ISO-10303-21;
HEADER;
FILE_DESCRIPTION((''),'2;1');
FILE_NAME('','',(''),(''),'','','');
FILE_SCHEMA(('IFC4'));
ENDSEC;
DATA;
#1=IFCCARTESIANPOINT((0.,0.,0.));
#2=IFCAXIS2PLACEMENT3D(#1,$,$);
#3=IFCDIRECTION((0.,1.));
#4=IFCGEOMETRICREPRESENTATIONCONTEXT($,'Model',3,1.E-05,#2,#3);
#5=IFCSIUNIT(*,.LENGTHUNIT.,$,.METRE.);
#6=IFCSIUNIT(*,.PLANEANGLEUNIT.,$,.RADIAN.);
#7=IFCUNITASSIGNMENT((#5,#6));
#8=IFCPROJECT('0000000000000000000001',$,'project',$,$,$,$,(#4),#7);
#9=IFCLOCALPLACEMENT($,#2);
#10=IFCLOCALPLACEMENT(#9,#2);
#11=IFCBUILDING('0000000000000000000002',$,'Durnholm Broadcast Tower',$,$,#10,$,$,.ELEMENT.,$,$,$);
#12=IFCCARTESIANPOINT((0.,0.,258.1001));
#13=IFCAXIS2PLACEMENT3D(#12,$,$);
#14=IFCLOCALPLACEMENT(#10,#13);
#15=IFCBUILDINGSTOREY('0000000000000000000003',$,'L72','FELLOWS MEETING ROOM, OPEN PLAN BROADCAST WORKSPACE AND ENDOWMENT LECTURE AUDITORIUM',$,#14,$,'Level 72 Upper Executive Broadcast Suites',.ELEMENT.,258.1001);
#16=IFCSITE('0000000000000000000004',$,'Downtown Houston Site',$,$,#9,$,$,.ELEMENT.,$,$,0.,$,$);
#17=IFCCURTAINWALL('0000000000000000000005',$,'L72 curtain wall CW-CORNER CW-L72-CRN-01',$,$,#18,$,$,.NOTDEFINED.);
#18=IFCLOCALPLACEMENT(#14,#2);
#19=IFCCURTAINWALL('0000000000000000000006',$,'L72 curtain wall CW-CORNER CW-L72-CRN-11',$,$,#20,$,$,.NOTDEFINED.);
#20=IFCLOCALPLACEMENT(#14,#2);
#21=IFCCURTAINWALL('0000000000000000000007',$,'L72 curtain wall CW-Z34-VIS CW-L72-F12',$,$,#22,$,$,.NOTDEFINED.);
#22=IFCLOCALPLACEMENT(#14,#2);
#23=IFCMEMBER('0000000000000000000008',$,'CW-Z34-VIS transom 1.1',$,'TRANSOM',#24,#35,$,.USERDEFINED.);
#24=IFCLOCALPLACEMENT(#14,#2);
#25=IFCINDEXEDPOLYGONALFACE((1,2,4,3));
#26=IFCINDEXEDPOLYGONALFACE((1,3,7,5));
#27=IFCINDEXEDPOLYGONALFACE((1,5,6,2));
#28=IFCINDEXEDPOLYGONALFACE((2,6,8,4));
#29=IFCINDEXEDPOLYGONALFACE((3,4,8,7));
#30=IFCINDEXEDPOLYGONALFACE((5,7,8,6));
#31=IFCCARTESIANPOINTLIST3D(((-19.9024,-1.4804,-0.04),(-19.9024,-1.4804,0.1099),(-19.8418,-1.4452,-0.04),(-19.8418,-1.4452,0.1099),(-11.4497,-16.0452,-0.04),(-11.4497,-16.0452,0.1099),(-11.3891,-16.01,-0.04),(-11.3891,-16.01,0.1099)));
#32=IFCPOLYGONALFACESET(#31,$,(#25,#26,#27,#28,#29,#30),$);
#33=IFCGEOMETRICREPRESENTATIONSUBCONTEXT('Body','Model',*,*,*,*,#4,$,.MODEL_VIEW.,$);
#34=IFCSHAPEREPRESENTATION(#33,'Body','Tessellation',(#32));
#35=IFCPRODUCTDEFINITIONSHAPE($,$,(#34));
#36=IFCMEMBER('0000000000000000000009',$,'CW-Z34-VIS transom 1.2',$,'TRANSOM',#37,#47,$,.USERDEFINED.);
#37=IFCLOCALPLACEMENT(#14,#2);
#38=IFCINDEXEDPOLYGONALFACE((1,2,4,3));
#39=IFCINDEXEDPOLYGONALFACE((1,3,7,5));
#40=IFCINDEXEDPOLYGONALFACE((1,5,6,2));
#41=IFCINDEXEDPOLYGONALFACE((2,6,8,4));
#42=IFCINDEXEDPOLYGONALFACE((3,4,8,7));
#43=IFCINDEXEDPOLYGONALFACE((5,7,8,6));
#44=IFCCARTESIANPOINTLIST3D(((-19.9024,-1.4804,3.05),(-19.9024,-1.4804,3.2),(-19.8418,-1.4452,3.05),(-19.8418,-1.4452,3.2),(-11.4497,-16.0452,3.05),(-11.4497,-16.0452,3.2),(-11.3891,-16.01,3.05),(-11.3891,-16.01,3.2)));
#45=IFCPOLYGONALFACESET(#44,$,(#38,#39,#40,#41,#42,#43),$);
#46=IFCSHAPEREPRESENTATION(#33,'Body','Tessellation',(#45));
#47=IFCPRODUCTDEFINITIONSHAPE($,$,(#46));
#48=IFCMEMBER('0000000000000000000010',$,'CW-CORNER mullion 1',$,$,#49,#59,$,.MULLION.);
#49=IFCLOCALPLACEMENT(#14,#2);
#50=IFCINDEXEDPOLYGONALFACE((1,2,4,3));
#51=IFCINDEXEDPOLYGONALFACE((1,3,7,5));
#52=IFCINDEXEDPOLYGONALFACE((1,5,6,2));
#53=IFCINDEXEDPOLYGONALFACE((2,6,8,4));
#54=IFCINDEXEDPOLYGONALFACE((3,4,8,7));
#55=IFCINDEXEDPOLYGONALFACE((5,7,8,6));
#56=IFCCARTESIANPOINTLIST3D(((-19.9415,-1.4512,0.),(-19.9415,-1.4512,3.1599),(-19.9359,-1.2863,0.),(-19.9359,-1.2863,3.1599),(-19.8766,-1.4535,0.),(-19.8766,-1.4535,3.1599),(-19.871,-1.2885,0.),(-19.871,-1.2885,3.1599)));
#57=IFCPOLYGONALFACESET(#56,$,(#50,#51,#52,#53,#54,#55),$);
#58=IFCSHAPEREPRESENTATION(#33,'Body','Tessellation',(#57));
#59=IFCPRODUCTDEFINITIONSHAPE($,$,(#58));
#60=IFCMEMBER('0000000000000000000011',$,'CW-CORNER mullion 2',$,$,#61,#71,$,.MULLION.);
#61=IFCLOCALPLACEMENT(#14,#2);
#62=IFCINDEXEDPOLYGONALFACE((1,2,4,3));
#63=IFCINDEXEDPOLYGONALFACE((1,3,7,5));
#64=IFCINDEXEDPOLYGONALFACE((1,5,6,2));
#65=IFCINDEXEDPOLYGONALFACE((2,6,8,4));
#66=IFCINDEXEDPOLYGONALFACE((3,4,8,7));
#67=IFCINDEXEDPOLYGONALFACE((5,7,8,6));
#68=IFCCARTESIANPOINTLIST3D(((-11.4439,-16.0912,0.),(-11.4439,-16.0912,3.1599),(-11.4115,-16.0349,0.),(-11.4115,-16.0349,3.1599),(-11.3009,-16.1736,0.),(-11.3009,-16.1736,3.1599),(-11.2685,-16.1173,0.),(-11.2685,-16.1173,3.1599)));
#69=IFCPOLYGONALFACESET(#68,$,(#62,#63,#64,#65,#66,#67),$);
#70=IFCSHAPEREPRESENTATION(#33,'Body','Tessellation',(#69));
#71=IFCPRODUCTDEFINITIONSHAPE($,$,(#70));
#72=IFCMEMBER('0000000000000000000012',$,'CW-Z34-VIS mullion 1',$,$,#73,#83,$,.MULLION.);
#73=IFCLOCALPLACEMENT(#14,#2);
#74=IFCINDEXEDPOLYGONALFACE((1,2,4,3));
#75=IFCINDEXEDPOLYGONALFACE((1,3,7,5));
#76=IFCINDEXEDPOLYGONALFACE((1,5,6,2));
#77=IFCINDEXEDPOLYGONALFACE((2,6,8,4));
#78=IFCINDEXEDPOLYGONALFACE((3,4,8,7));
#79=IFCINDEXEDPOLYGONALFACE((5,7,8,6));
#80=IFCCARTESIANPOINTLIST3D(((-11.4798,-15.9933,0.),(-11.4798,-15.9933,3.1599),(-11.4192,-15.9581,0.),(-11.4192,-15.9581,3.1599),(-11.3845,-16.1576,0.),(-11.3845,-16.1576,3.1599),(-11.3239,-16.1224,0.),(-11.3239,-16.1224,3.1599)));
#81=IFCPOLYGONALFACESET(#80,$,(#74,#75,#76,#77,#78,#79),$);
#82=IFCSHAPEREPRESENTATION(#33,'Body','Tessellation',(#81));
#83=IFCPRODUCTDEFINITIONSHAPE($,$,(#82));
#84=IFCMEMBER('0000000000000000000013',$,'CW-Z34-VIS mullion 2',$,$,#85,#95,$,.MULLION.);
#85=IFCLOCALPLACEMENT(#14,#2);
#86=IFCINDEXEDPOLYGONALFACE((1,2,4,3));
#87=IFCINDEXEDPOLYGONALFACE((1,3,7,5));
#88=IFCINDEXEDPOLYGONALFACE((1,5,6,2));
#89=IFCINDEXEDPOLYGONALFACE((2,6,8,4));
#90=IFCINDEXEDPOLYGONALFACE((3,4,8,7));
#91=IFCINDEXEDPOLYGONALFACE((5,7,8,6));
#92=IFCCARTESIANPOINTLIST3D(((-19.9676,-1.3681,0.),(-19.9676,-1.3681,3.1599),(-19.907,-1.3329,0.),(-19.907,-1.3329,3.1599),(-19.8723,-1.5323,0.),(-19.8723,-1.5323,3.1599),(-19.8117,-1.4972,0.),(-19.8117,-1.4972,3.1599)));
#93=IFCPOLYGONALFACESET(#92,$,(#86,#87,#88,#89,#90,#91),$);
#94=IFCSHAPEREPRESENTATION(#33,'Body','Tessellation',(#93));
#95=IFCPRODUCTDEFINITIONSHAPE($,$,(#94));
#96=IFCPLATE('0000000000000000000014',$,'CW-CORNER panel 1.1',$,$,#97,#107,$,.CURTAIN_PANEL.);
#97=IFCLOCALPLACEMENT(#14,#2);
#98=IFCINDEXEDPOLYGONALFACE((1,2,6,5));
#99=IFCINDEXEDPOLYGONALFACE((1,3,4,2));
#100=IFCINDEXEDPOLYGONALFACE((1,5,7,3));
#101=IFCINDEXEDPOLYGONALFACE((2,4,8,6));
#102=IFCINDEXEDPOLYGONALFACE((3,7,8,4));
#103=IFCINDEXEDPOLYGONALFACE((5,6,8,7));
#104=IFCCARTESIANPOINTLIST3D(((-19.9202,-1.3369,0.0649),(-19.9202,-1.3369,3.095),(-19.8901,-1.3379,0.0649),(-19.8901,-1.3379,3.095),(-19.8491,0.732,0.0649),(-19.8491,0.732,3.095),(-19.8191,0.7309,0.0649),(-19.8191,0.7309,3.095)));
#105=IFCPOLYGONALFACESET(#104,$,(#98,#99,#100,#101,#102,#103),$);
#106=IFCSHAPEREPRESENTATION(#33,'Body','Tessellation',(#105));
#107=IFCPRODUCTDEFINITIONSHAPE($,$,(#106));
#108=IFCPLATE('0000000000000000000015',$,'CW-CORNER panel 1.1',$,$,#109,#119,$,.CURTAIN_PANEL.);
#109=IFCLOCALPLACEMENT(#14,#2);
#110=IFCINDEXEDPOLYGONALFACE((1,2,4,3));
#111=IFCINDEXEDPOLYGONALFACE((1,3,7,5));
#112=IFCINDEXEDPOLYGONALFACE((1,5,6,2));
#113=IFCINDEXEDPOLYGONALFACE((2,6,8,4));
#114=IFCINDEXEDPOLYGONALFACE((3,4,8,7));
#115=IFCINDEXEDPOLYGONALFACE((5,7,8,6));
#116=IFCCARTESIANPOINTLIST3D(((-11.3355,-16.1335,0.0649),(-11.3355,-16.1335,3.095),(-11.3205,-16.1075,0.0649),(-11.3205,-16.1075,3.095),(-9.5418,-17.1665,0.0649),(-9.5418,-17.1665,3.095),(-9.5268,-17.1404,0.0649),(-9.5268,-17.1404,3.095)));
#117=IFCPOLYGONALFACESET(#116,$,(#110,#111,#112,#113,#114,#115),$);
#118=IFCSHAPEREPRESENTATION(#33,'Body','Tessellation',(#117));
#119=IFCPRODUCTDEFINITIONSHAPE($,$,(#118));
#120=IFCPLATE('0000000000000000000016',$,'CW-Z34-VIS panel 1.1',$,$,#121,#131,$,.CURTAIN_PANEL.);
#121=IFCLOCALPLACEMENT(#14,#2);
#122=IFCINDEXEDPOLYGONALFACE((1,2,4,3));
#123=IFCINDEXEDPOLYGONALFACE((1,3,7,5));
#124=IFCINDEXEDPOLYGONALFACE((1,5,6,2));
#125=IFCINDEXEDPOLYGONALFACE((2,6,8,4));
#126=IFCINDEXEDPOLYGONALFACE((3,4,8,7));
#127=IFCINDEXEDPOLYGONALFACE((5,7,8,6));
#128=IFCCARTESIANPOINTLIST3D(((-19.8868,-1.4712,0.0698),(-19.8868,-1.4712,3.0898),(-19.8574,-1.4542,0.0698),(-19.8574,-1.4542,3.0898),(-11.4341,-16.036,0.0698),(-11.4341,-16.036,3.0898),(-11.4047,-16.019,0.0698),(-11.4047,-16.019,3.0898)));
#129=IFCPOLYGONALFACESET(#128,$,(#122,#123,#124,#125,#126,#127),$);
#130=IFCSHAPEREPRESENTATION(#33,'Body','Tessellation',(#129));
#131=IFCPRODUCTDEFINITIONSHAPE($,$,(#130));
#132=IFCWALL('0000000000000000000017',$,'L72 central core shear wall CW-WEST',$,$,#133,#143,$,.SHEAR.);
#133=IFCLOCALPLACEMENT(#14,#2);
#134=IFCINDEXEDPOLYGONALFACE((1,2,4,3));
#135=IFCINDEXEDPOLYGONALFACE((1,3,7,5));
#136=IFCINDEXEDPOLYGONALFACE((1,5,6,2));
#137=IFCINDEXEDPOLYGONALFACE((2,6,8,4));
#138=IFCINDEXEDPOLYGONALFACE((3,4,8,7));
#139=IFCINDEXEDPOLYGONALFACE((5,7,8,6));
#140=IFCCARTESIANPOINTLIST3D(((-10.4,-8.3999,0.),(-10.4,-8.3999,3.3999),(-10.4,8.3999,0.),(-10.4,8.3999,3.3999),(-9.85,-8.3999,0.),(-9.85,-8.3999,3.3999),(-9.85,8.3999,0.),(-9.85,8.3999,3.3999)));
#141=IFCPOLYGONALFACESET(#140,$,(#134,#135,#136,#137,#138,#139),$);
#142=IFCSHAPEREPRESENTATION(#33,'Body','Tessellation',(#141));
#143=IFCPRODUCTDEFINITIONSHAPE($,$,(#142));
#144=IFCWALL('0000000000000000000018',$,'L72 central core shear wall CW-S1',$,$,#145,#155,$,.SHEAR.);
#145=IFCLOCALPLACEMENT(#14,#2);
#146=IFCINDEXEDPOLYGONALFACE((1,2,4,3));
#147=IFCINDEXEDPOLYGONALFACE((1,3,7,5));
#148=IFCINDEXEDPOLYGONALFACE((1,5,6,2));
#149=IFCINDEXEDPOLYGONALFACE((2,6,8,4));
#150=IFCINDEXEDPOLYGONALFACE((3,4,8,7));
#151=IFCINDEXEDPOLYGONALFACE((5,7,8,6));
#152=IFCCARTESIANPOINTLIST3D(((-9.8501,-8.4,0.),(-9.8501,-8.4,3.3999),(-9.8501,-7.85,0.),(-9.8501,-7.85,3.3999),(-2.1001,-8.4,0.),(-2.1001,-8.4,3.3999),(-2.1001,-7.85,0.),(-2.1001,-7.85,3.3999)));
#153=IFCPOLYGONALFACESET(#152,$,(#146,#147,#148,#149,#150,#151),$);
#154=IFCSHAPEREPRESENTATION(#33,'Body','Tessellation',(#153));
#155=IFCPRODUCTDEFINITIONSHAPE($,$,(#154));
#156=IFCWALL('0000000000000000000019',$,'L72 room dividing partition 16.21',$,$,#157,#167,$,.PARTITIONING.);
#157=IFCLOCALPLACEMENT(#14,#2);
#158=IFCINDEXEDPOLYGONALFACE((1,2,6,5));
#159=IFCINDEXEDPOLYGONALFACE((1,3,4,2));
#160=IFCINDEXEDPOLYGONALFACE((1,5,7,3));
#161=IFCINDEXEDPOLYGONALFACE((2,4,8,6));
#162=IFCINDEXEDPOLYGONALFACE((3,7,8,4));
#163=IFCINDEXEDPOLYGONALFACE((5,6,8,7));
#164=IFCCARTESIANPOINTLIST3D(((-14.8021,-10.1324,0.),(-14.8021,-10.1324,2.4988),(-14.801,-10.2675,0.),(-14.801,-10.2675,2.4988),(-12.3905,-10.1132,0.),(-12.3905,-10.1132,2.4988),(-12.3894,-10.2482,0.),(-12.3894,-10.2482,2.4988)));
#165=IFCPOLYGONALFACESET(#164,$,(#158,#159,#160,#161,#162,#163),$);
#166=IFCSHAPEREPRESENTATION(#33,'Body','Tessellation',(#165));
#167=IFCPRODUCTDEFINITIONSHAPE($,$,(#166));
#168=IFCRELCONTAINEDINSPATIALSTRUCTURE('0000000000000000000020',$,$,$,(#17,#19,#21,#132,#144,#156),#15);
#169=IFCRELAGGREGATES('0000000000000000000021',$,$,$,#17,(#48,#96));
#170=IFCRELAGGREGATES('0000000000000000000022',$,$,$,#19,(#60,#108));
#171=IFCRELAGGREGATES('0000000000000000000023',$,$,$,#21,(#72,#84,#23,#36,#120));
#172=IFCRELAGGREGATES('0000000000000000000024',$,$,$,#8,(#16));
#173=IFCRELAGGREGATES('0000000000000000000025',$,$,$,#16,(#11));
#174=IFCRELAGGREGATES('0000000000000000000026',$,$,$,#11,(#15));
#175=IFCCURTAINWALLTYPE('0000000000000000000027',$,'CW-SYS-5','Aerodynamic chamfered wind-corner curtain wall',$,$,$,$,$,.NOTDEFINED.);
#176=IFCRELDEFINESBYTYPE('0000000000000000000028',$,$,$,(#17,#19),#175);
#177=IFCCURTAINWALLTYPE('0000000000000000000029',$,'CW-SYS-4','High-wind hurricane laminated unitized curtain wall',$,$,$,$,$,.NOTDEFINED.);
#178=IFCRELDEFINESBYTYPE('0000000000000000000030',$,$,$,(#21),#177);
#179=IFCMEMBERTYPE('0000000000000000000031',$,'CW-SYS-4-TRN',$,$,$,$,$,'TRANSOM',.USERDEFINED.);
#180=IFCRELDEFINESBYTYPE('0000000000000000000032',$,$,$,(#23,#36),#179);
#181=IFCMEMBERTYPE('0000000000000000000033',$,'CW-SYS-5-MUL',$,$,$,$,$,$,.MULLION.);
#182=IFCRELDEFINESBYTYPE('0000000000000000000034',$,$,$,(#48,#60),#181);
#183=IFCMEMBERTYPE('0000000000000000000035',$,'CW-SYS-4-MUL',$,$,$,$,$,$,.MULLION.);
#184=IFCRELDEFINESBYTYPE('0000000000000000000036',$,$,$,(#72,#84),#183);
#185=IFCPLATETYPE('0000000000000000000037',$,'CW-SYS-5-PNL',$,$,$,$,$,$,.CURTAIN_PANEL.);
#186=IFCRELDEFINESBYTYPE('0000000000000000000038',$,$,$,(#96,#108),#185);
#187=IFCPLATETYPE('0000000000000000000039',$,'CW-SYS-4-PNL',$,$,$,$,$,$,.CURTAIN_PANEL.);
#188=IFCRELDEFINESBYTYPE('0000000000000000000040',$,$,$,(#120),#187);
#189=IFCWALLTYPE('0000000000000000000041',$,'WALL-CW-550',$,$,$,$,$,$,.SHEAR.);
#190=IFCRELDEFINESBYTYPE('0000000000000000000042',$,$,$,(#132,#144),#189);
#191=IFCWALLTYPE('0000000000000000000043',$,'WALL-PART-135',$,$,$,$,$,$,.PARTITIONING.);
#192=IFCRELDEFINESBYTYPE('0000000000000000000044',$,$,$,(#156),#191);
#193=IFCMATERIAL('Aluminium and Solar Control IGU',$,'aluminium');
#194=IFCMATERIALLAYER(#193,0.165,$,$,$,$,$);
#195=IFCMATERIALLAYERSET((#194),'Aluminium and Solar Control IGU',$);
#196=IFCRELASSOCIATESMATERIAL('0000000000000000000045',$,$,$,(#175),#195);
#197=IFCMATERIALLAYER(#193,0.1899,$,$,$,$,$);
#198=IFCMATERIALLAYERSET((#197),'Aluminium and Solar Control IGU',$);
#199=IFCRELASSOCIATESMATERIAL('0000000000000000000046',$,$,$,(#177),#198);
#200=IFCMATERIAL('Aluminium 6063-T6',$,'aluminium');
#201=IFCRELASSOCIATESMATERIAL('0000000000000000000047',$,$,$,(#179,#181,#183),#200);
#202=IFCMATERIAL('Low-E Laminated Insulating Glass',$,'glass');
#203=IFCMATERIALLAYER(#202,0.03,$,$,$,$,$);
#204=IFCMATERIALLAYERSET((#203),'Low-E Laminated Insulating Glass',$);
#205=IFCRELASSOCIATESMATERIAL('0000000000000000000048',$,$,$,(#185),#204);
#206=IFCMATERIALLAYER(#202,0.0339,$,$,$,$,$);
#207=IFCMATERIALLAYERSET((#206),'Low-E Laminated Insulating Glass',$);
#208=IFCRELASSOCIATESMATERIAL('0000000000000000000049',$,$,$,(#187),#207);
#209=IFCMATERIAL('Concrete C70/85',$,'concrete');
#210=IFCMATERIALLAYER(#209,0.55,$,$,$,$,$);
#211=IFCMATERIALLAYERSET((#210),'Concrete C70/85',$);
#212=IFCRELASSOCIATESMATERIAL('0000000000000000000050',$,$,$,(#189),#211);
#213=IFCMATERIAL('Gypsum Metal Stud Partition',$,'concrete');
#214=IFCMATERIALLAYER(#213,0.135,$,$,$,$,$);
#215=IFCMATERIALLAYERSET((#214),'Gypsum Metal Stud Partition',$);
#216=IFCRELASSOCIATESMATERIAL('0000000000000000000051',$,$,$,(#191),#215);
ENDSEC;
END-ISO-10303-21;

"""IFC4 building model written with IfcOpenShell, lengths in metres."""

from ifc_helpers import new_model, si_unit, direction, frame, frame_2d, origin, origin_2d, place, context, subcontext, project, spatial, rectangle, extrude, source, transform, mapped, material, layer, layer_set, material_profile, profile_set, type_object, type_shapes, element, aggregate, save


model = new_model("IFC4")

# Units and contexts
model_context = context("Model", 3, precision=1e-05, world=origin(), true_north=direction((0.0, 1.0)))
body_context = subcontext(model_context, "Body", "Model", "MODEL_VIEW")
ifc_project = project(units=[si_unit("LENGTHUNIT", "METRE"), si_unit("PLANEANGLEUNIT", "RADIAN")], contexts=[model_context])

# Site, building, storey
site_placement = place(None, origin())
site = spatial("IfcSite", under=ifc_project, at=site_placement, Name="Downtown Houston Site", CompositionType="ELEMENT", RefElevation=0.0)
building_placement = place(site_placement, origin())
building = spatial("IfcBuilding", under=site, at=building_placement, Name="Durnholm Broadcast Tower", CompositionType="ELEMENT")
storey_placement = place(building_placement, frame((0.0, 0.0, 258.1001)))
storey = spatial("IfcBuildingStorey", under=building, at=storey_placement, Name="L72", Description="FELLOWS MEETING ROOM, OPEN PLAN BROADCAST WORKSPACE AND ENDOWMENT LECTURE AUDITORIUM", LongName="Level 72 Upper Executive Broadcast Suites", CompositionType="ELEMENT", Elevation=258.1001)

# Shared definitions
ifc_material_1 = material(Name="Concrete C70/85", Category="concrete")

# Curtain walls, members
ifc_material_2 = material(Name="Aluminium and Solar Control IGU", Category="aluminium")
ifc_layer_1 = layer(ifc_material_2, 0.165)
ifc_layer_set_1 = layer_set([ifc_layer_1], Name="Aluminium and Solar Control IGU")
curtain_wall_type_1 = type_object("IfcCurtainWallType", Name="CW-SYS-5", Description="Aerodynamic chamfered wind-corner curtain wall", PredefinedType="NOTDEFINED", material=ifc_layer_set_1)
curtain_wall_1_placement = place(storey_placement, origin())
curtain_wall_1 = element("IfcCurtainWall", 1, at=curtain_wall_1_placement, inside=storey, type_object=curtain_wall_type_1, Name="L72 curtain wall CW-CORNER CW-L72-CRN-01", PredefinedType="NOTDEFINED")
ifc_material_3 = material(Name="Aluminium 6063-T6", Category="aluminium")
curtain_wall_2_placement = place(storey_placement, origin())
curtain_wall_2 = element("IfcCurtainWall", 2, at=curtain_wall_2_placement, inside=storey, type_object=curtain_wall_type_1, Name="L72 curtain wall CW-CORNER CW-L72-CRN-11", PredefinedType="NOTDEFINED")
ifc_layer_2 = layer(ifc_material_2, 0.1899)
ifc_layer_set_2 = layer_set([ifc_layer_2], Name="Aluminium and Solar Control IGU")
curtain_wall_type_2 = type_object("IfcCurtainWallType", Name="CW-SYS-4", Description="High-wind hurricane laminated unitized curtain wall", PredefinedType="NOTDEFINED", material=ifc_layer_set_2)
curtain_wall_3_placement = place(storey_placement, origin())
curtain_wall_3 = element("IfcCurtainWall", 3, at=curtain_wall_3_placement, inside=storey, type_object=curtain_wall_type_2, Name="L72 curtain wall CW-Z34-VIS CW-L72-F12", PredefinedType="NOTDEFINED")
ifc_material_profile_1 = material_profile(ifc_material_3, rectangle(XDim=0.0701, YDim=0.1499, at=origin_2d()), Name="CWT70X150")
ifc_profile_set_1 = profile_set([ifc_material_profile_1], Name="Aluminium 6063-T6")
member_type_1 = type_object("IfcMemberType", Name="CW-SYS-4-TRN", ElementType="TRANSOM", PredefinedType="USERDEFINED", material=ifc_profile_set_1)
shared_shape_1 = source(origin(), body_context, "Body", "SweptSolid", [
    extrude(rectangle(XDim=0.0701, YDim=0.1499, at=origin_2d()), origin(), (0.0, 0.0, 1.0), 16.8398),
])
type_shapes(member_type_1, [shared_shape_1])
member_1_placement = place(storey_placement, frame((-11.4194, -16.0276, 0.0349), z_axis=(-0.501945, 0.864899, 0.0), x_axis=(-0.864899, -0.501945, 0.0)))
member_1 = element("IfcMember", 4, at=member_1_placement, type_object=member_type_1, Name="CW-Z34-VIS transom 1.1", ObjectType="TRANSOM", PredefinedType="USERDEFINED", context=body_context, shape_type="MappedRepresentation", body=[
    mapped(shared_shape_1, transform((0.0, 0.0, 0.0), x_axis=(1.0, 0.0, 0.0), y_axis=(0.0, 1.0, 0.0), z_axis=(0.0, 0.0, 1.0), scale=1.0)),
])
member_2_placement = place(storey_placement, frame((-11.4194, -16.0276, 3.125), z_axis=(-0.501945, 0.864899, 0.0), x_axis=(-0.864899, -0.501945, 0.0)))
member_2 = element("IfcMember", 5, at=member_2_placement, type_object=member_type_1, Name="CW-Z34-VIS transom 1.2", ObjectType="TRANSOM", PredefinedType="USERDEFINED", context=body_context, shape_type="MappedRepresentation", body=[
    mapped(shared_shape_1, transform((0.0, 0.0, 0.0), x_axis=(1.0, 0.0, 0.0), y_axis=(0.0, 1.0, 0.0), z_axis=(0.0, 0.0, 1.0), scale=1.0)),
])

# Members
ifc_material_profile_2 = material_profile(ifc_material_3, rectangle(XDim=0.0649, YDim=0.165, at=origin_2d()), Name="CWM65X165")
ifc_profile_set_2 = profile_set([ifc_material_profile_2], Name="Aluminium 6063-T6")
member_type_2 = type_object("IfcMemberType", Name="CW-SYS-5-MUL", PredefinedType="MULLION", material=ifc_profile_set_2)
shared_shape_2 = source(origin(), body_context, "Body", "SweptSolid", [
    extrude(rectangle(XDim=0.0649, YDim=0.165, at=origin_2d()), origin(), (0.0, 0.0, 1.0), 3.1599),
])
type_shapes(member_type_2, [shared_shape_2])
member_3_placement = place(storey_placement, frame((-19.9062, -1.3699, 0.0), z_axis=(0.0, 0.0, 1.0), x_axis=(-0.999411, 0.034318, 0.0)))
member_3 = element("IfcMember", 6, at=member_3_placement, type_object=member_type_2, Name="CW-CORNER mullion 1", PredefinedType="MULLION", context=body_context, shape_type="MappedRepresentation", body=[
    mapped(shared_shape_2, transform((0.0, 0.0, 0.0), x_axis=(1.0, 0.0, 0.0), y_axis=(0.0, 1.0, 0.0), z_axis=(0.0, 0.0, 1.0), scale=1.0)),
])
member_4_placement = place(storey_placement, frame((-11.3562, -16.1042, 0.0), z_axis=(0.0, 0.0, 1.0), x_axis=(-0.499059, -0.866568, 0.0)))
member_4 = element("IfcMember", 7, at=member_4_placement, type_object=member_type_2, Name="CW-CORNER mullion 2", PredefinedType="MULLION", context=body_context, shape_type="MappedRepresentation", body=[
    mapped(shared_shape_2, transform((0.0, 0.0, 0.0), x_axis=(1.0, 0.0, 0.0), y_axis=(0.0, 1.0, 0.0), z_axis=(0.0, 0.0, 1.0), scale=1.0)),
])
ifc_material_profile_3 = material_profile(ifc_material_3, rectangle(XDim=0.0701, YDim=0.1899, at=origin_2d()), Name="CWM70X190")
ifc_profile_set_3 = profile_set([ifc_material_profile_3], Name="Aluminium 6063-T6")
member_type_3 = type_object("IfcMemberType", Name="CW-SYS-4-MUL", PredefinedType="MULLION", material=ifc_profile_set_3)
shared_shape_3 = source(origin(), body_context, "Body", "SweptSolid", [
    extrude(rectangle(XDim=0.0701, YDim=0.1899, at=origin_2d()), origin(), (0.0, 0.0, 1.0), 3.1599),
])
type_shapes(member_type_3, [shared_shape_3])
member_5_placement = place(storey_placement, frame((-11.4019, -16.0579, 0.0), z_axis=(0.0, 0.0, 1.0), x_axis=(-0.8649, -0.501944, 0.0)))
member_5 = element("IfcMember", 8, at=member_5_placement, type_object=member_type_3, Name="CW-Z34-VIS mullion 1", PredefinedType="MULLION", context=body_context, shape_type="MappedRepresentation", body=[
    mapped(shared_shape_3, transform((0.0, 0.0, 0.0), x_axis=(1.0, 0.0, 0.0), y_axis=(0.0, 1.0, 0.0), z_axis=(0.0, 0.0, 1.0), scale=1.0)),
])
member_6_placement = place(storey_placement, frame((-19.8896, -1.4326, 0.0), z_axis=(0.0, 0.0, 1.0), x_axis=(-0.8649, -0.501944, 0.0)))
member_6 = element("IfcMember", 9, at=member_6_placement, type_object=member_type_3, Name="CW-Z34-VIS mullion 2", PredefinedType="MULLION", context=body_context, shape_type="MappedRepresentation", body=[
    mapped(shared_shape_3, transform((0.0, 0.0, 0.0), x_axis=(1.0, 0.0, 0.0), y_axis=(0.0, 1.0, 0.0), z_axis=(0.0, 0.0, 1.0), scale=1.0)),
])

# Plates
ifc_material_4 = material(Name="Low-E Laminated Insulating Glass", Category="glass")
ifc_layer_3 = layer(ifc_material_4, 0.03)
ifc_layer_set_3 = layer_set([ifc_layer_3], Name="Low-E Laminated Insulating Glass")
plate_type_1 = type_object("IfcPlateType", Name="CW-SYS-5-PNL", PredefinedType="CURTAIN_PANEL", material=ifc_layer_set_3)
shared_shape_4 = source(origin(), body_context, "Body", "SweptSolid", [
    extrude(rectangle(XDim=2.0701, YDim=0.03, at=origin_2d()), origin(), (0.0, 0.0, 1.0), 3.03),
])
plate_1_placement = place(storey_placement, frame((-19.8696, -0.303, 0.0649), z_axis=(0.0, 0.0, 1.0), x_axis=(0.034318, 0.999411, 0.0)))
plate_1 = element("IfcPlate", 10, at=plate_1_placement, type_object=plate_type_1, Name="CW-CORNER panel 1.1", PredefinedType="CURTAIN_PANEL", context=body_context, shape_type="MappedRepresentation", body=[
    mapped(shared_shape_4, transform((0.0, 0.0, 0.0), x_axis=(1.0, 0.0, 0.0), y_axis=(0.0, 1.0, 0.0), z_axis=(0.0, 0.0, 1.0), scale=1.0)),
])
aggregate(curtain_wall_1, [member_3, plate_1])
shared_shape_5 = source(origin(), body_context, "Body", "SweptSolid", [
    extrude(rectangle(XDim=2.0698, YDim=0.03, at=origin_2d()), origin(), (0.0, 0.0, 1.0), 3.03),
])
type_shapes(plate_type_1, [shared_shape_4, shared_shape_5])
plate_2_placement = place(storey_placement, frame((-10.4312, -16.637, 0.0649), z_axis=(0.0, 0.0, 1.0), x_axis=(-0.866568, 0.499059, 0.0)))
plate_2 = element("IfcPlate", 11, at=plate_2_placement, type_object=plate_type_1, Name="CW-CORNER panel 1.1", PredefinedType="CURTAIN_PANEL", context=body_context, shape_type="MappedRepresentation", body=[
    mapped(shared_shape_5, transform((0.0, 0.0, 0.0), x_axis=(1.0, 0.0, 0.0), y_axis=(0.0, 1.0, 0.0), z_axis=(0.0, 0.0, 1.0), scale=1.0)),
])
aggregate(curtain_wall_2, [member_4, plate_2])
ifc_layer_4 = layer(ifc_material_4, 0.0339)
ifc_layer_set_4 = layer_set([ifc_layer_4], Name="Low-E Laminated Insulating Glass")
plate_type_2 = type_object("IfcPlateType", Name="CW-SYS-4-PNL", PredefinedType="CURTAIN_PANEL", material=ifc_layer_set_4)
shared_shape_6 = source(origin(), body_context, "Body", "SweptSolid", [
    extrude(rectangle(XDim=16.8398, YDim=0.0339, at=origin_2d()), origin(), (0.0, 0.0, 1.0), 3.02),
])
type_shapes(plate_type_2, [shared_shape_6])
plate_3_placement = place(storey_placement, frame((-15.6458, -8.7451, 0.0698), z_axis=(0.0, 0.0, 1.0), x_axis=(-0.501944, 0.8649, 0.0)))
plate_3 = element("IfcPlate", 12, at=plate_3_placement, type_object=plate_type_2, Name="CW-Z34-VIS panel 1.1", PredefinedType="CURTAIN_PANEL", context=body_context, shape_type="MappedRepresentation", body=[
    mapped(shared_shape_6, transform((0.0, 0.0, 0.0), x_axis=(1.0, 0.0, 0.0), y_axis=(0.0, 1.0, 0.0), z_axis=(0.0, 0.0, 1.0), scale=1.0)),
])
aggregate(curtain_wall_3, [member_5, member_6, member_1, member_2, plate_3])

# Walls
ifc_layer_5 = layer(ifc_material_1, 0.55)
ifc_layer_set_5 = layer_set([ifc_layer_5], Name="Concrete C70/85")
wall_type_1 = type_object("IfcWallType", Name="WALL-CW-550", PredefinedType="SHEAR", material=ifc_layer_set_5)
wall_1_placement = place(storey_placement, frame((-10.125, -8.3999, 0.0), z_axis=(0.0, 0.0, 1.0), x_axis=(0.0, 1.0, 0.0)))
element("IfcWall", 13, at=wall_1_placement, inside=storey, type_object=wall_type_1, Name="L72 central core shear wall CW-WEST", PredefinedType="SHEAR", context=body_context, shape_type="SweptSolid", body=[
    extrude(rectangle(XDim=16.7998, YDim=0.55, at=frame_2d((8.3999, 0.0))), origin(), (0.0, 0.0, 1.0), 3.3999),
])
wall_2_placement = place(storey_placement, frame((-9.8501, -8.125, 0.0), z_axis=(0.0, 0.0, 1.0), x_axis=(1.0, 0.0, 0.0)))
element("IfcWall", 14, at=wall_2_placement, inside=storey, type_object=wall_type_1, Name="L72 central core shear wall CW-S1", PredefinedType="SHEAR", context=body_context, shape_type="SweptSolid", body=[
    extrude(rectangle(XDim=7.75, YDim=0.55, at=frame_2d((3.875, 0.0))), origin(), (0.0, 0.0, 1.0), 3.3999),
])
ifc_material_5 = material(Name="Gypsum Metal Stud Partition", Category="concrete")
ifc_layer_6 = layer(ifc_material_5, 0.135)
ifc_layer_set_6 = layer_set([ifc_layer_6], Name="Gypsum Metal Stud Partition")
wall_type_2 = type_object("IfcWallType", Name="WALL-PART-135", PredefinedType="PARTITIONING", material=ifc_layer_set_6)
wall_3_placement = place(storey_placement, frame((-14.8015, -10.2, 0.0), z_axis=(0.0, 0.0, 1.0), x_axis=(0.999968, 0.007997, 0.0)))
element("IfcWall", 15, at=wall_3_placement, inside=storey, type_object=wall_type_2, Name="L72 room dividing partition 16.21", PredefinedType="PARTITIONING", context=body_context, shape_type="SweptSolid", body=[
    extrude(rectangle(XDim=2.4116, YDim=0.135, at=frame_2d((1.2058, 0.0))), origin(), (0.0, 0.0, 1.0), 2.4988),
])

save(model, "model.ifc")
